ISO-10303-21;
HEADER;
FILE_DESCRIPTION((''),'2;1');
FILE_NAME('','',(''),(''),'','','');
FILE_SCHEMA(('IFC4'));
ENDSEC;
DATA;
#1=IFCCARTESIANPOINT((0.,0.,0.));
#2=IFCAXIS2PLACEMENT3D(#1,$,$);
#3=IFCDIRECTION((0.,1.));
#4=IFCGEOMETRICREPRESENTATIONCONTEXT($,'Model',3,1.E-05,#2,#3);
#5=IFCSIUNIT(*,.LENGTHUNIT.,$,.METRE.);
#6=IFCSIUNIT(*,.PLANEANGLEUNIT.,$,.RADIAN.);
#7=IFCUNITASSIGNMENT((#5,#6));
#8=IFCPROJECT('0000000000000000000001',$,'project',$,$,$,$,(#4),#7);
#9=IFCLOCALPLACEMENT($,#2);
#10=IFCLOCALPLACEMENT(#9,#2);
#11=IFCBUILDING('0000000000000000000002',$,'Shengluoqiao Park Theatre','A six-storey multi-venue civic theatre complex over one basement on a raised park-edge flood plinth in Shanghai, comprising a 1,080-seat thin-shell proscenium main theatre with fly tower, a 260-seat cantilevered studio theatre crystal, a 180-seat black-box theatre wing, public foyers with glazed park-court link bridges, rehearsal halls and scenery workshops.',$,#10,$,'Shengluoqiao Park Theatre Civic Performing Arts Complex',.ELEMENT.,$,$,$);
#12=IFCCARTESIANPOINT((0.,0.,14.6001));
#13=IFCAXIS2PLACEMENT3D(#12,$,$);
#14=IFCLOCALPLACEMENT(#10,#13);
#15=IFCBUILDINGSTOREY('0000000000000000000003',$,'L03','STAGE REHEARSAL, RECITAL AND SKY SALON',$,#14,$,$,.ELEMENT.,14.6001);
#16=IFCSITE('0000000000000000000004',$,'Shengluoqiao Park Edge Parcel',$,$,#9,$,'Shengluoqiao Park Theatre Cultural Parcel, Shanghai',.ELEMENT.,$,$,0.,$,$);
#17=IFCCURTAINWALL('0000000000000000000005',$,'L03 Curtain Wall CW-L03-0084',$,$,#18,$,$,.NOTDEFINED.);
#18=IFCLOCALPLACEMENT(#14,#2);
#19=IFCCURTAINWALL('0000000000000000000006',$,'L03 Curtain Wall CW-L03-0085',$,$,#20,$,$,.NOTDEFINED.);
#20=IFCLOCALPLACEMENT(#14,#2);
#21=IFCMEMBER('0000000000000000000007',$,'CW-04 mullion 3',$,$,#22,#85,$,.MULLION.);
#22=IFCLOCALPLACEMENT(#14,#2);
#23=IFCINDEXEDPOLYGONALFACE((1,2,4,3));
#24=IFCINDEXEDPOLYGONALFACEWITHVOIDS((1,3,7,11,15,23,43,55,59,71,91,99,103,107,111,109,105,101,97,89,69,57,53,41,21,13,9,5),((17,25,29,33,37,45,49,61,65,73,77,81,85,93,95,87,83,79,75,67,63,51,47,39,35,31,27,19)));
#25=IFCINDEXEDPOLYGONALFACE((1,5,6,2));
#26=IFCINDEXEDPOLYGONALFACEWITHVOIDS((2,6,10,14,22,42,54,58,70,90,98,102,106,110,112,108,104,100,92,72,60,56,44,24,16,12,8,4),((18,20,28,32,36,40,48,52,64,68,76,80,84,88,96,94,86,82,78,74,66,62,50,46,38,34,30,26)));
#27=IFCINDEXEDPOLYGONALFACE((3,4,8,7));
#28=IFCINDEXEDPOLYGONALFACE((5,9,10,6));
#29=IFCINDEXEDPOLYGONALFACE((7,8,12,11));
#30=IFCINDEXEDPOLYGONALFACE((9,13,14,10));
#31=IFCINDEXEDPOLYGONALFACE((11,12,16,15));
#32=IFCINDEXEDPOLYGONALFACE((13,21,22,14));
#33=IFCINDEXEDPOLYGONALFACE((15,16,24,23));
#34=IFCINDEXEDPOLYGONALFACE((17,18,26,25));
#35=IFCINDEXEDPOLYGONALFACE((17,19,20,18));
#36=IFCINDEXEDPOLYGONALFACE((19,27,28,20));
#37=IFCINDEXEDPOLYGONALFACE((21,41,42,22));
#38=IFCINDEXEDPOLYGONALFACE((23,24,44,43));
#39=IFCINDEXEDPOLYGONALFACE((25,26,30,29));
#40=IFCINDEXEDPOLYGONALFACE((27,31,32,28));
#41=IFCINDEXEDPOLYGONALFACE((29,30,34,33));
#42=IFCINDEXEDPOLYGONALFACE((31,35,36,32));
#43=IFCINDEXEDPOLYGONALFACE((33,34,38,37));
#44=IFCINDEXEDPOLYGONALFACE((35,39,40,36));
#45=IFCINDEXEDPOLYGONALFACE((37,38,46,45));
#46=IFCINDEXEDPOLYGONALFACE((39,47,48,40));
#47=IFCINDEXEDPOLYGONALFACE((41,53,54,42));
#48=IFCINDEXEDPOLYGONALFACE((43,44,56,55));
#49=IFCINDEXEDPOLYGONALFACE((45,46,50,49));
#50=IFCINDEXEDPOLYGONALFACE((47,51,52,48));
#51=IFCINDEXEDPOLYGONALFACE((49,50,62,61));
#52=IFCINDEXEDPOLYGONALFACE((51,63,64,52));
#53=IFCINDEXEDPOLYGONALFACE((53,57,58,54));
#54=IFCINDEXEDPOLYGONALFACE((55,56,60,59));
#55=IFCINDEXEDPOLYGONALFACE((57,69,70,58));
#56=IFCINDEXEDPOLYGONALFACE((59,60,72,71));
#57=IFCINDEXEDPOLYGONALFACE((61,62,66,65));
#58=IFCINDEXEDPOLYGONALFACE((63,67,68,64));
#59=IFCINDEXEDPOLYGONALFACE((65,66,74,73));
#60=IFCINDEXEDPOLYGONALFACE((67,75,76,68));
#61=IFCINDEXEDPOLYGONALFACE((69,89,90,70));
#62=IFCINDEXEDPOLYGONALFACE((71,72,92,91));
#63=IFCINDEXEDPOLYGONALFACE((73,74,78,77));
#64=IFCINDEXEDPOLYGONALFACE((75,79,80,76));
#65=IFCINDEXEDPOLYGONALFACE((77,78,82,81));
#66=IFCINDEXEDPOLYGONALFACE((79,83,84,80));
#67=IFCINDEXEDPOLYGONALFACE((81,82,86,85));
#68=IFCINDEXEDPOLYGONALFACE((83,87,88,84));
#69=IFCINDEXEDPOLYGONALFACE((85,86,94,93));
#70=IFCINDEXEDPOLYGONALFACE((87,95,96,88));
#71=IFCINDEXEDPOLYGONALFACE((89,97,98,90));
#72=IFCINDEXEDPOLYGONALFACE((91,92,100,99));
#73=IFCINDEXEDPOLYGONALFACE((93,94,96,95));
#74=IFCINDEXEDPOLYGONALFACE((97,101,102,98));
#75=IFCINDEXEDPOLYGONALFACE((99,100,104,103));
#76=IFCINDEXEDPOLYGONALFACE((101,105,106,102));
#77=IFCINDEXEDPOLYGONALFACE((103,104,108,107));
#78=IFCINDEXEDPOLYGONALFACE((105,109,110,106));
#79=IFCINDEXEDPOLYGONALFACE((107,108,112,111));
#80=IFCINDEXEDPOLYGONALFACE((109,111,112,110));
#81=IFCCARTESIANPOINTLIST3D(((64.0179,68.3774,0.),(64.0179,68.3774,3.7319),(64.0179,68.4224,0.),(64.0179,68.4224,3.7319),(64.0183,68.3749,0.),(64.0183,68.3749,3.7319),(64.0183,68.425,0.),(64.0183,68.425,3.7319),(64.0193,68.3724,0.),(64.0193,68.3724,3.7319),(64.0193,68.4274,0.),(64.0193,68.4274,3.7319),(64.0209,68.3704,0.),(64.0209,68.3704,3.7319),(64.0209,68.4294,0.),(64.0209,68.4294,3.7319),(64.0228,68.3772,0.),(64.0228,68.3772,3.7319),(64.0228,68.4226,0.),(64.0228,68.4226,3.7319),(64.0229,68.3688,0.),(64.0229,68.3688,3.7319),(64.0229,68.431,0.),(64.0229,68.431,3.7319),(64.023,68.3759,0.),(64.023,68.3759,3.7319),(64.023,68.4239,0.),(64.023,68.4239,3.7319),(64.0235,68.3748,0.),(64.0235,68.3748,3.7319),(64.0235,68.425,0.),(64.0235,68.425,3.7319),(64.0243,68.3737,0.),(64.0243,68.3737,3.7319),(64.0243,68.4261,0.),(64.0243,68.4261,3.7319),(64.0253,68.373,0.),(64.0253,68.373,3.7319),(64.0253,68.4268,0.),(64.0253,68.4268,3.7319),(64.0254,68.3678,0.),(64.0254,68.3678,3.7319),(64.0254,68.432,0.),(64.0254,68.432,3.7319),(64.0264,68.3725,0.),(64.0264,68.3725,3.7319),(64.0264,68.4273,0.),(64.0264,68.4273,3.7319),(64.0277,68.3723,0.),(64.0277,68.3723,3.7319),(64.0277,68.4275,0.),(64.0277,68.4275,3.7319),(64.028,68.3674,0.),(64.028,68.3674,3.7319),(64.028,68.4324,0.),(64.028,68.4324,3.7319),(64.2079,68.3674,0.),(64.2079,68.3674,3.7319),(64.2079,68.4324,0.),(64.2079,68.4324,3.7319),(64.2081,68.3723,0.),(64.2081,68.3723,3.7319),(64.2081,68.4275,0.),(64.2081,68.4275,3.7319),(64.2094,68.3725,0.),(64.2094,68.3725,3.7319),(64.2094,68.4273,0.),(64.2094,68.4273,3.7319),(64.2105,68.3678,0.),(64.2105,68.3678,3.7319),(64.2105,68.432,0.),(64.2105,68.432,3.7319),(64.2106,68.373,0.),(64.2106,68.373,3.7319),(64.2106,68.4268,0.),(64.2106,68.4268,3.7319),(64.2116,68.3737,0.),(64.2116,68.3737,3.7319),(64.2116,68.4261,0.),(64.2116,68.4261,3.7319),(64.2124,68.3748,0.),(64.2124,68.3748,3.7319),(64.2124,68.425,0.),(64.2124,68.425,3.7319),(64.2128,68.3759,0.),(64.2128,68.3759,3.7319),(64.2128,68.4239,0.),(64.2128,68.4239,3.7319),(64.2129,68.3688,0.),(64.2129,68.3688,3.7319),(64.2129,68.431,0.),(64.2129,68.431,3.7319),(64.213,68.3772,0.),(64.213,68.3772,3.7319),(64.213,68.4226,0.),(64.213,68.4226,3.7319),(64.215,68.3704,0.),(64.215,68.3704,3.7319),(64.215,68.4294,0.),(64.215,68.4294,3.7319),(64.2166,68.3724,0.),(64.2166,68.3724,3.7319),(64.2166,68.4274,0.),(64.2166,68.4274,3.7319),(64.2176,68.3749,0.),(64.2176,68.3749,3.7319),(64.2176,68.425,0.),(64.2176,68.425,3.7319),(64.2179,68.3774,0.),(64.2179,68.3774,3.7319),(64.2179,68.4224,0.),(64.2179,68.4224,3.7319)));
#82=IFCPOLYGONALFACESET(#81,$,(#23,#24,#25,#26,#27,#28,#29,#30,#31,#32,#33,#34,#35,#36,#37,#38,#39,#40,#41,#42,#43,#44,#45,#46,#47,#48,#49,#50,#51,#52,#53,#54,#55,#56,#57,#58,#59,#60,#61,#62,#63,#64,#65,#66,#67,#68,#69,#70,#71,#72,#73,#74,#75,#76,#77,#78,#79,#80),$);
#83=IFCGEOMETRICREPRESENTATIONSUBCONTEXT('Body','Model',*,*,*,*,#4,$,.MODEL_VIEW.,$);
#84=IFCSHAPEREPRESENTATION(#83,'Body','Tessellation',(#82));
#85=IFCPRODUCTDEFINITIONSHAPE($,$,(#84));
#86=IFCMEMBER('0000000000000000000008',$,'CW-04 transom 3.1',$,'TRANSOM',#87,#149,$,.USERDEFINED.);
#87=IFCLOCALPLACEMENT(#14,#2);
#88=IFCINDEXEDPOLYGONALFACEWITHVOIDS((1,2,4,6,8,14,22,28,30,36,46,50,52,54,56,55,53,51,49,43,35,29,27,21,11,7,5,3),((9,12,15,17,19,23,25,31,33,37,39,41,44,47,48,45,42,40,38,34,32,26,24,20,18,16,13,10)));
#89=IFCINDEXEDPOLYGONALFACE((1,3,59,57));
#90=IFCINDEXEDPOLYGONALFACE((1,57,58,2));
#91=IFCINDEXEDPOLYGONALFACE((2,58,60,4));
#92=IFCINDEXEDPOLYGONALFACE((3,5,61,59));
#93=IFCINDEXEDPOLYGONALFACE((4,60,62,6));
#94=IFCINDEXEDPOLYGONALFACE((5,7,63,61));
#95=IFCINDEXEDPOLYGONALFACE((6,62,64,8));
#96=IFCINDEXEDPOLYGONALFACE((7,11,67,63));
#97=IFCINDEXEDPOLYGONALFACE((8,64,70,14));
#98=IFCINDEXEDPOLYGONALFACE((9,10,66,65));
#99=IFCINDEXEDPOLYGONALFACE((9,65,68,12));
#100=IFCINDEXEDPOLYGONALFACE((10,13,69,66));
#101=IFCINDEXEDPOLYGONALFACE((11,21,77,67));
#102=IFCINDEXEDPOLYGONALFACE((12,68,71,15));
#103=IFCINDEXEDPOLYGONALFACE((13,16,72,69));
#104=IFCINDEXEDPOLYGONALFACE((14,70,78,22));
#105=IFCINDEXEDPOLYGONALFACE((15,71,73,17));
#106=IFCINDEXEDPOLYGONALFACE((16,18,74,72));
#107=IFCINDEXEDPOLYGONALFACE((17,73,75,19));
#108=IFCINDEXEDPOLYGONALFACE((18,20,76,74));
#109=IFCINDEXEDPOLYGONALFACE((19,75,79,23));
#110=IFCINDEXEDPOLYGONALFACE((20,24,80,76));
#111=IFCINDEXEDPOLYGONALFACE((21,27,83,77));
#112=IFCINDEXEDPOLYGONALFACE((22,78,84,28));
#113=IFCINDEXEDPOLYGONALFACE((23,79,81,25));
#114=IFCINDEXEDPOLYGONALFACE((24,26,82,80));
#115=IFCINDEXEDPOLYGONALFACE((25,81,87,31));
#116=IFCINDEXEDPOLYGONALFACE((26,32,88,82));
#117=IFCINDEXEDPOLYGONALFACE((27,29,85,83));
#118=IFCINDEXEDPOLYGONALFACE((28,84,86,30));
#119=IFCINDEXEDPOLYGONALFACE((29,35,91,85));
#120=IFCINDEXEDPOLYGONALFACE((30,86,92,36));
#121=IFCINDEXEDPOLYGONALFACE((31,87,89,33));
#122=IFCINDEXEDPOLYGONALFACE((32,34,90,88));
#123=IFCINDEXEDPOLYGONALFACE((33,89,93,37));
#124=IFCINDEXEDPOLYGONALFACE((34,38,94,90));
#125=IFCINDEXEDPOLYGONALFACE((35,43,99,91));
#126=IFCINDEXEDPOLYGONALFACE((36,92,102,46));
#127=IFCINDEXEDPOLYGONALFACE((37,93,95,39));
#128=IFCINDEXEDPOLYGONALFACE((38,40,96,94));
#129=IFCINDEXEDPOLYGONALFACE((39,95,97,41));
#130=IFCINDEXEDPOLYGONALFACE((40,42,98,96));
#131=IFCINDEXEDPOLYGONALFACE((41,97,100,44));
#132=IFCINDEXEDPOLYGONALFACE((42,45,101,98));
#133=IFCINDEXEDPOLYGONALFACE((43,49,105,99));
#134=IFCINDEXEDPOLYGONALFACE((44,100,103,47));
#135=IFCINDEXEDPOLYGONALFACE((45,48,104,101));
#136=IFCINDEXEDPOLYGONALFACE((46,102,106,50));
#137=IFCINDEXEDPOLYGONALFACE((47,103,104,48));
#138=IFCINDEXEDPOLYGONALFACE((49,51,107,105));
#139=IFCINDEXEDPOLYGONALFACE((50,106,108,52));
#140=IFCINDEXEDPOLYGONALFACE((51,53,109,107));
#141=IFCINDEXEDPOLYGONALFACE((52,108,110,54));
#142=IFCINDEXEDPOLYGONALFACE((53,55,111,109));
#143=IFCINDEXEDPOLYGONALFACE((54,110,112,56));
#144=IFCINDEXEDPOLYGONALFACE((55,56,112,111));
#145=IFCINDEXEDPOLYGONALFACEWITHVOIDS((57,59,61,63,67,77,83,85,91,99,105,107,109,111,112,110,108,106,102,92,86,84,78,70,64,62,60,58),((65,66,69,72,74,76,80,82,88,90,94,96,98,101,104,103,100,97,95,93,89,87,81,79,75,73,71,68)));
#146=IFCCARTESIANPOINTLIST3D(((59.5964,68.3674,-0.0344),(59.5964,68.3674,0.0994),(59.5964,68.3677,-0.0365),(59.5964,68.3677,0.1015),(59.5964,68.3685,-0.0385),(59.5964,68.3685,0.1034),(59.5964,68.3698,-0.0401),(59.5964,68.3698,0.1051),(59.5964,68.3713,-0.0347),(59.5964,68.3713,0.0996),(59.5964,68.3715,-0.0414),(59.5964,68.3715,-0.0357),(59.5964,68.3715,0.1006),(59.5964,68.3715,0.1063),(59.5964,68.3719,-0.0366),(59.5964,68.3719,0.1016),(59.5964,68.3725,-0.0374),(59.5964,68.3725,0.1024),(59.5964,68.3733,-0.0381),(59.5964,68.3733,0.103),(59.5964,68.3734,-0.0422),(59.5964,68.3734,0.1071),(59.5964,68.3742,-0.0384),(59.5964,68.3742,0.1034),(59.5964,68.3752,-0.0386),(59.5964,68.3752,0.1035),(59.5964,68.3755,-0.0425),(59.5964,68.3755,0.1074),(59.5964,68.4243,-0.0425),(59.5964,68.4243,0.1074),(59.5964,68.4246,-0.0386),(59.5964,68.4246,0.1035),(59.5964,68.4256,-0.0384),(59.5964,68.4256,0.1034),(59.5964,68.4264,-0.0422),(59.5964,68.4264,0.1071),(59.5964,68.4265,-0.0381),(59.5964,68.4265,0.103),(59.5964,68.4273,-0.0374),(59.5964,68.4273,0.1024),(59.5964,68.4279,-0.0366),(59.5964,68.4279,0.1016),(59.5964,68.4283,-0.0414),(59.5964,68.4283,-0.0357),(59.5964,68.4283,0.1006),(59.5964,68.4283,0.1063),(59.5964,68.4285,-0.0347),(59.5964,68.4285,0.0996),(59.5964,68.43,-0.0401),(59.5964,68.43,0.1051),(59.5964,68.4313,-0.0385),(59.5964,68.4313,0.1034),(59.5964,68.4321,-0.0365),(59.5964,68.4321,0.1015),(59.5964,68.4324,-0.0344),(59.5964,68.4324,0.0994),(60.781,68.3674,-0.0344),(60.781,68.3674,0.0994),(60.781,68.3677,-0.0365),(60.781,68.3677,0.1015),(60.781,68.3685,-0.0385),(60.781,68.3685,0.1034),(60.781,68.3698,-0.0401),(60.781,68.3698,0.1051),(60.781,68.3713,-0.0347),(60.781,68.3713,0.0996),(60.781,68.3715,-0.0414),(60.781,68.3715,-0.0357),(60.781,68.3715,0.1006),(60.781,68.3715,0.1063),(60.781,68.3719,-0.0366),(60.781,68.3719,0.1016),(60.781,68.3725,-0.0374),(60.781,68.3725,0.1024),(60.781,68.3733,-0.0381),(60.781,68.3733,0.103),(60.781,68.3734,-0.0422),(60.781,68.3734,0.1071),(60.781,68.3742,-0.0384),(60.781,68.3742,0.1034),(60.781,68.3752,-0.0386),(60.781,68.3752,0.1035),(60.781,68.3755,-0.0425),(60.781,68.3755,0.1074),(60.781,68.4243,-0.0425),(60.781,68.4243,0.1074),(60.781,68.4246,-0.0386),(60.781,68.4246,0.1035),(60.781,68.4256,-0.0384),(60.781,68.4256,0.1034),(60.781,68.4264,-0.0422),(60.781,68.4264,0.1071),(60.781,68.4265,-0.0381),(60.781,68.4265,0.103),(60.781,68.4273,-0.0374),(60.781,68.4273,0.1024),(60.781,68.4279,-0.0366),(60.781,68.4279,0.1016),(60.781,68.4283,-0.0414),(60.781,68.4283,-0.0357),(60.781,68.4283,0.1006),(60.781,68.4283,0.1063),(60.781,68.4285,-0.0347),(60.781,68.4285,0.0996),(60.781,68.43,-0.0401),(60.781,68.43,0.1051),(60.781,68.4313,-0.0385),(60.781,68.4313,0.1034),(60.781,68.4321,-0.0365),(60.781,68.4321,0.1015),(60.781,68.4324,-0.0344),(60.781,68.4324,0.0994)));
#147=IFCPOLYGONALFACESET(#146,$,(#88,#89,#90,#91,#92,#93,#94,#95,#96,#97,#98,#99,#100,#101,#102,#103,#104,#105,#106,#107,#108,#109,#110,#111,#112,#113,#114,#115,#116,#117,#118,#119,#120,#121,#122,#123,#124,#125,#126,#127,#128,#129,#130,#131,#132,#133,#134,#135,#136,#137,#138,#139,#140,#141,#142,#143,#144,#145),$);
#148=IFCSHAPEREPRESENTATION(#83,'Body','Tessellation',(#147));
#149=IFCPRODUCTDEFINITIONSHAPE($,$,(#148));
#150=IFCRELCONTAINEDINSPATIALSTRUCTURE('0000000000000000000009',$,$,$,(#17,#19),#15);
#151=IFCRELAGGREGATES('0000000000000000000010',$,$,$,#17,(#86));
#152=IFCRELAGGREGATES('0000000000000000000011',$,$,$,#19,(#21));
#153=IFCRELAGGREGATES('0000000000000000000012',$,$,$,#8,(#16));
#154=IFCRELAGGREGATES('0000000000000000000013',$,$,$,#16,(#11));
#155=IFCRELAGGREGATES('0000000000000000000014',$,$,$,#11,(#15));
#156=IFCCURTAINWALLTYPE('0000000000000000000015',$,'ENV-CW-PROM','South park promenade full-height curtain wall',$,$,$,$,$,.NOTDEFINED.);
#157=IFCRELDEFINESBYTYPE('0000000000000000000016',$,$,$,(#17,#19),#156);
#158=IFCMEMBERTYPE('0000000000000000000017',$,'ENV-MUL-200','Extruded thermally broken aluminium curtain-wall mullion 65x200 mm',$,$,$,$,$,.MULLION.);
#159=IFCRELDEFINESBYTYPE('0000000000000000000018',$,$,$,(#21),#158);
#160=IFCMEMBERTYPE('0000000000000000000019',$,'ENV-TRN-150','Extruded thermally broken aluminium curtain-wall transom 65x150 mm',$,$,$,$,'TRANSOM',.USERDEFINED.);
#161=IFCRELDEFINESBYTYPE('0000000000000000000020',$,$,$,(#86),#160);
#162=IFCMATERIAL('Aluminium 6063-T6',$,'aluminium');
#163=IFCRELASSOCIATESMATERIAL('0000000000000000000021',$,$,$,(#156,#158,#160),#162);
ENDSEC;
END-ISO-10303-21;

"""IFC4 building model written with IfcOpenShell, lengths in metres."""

from ifc_helpers import new_model, si_unit, direction, frame, origin, origin_2d, place, context, subcontext, project, spatial, hollow_rectangle, extrude, material, material_profile, profile_set, type_object, element, aggregate, save


model = new_model("IFC4")

# Units and contexts
model_context = context("Model", 3, precision=1e-05, world=origin(), true_north=direction((0.0, 1.0)))
body_context = subcontext(model_context, "Body", "Model", "MODEL_VIEW")
ifc_project = project(units=[si_unit("LENGTHUNIT", "METRE"), si_unit("PLANEANGLEUNIT", "RADIAN")], contexts=[model_context])

# Site, building, storey
site_placement = place(None, origin())
site = spatial("IfcSite", under=ifc_project, at=site_placement, Name="Shengluoqiao Park Edge Parcel", LongName="Shengluoqiao Park Theatre Cultural Parcel, Shanghai", CompositionType="ELEMENT", RefElevation=0.0)
building_placement = place(site_placement, origin())
building = spatial("IfcBuilding", under=site, at=building_placement, Name="Shengluoqiao Park Theatre", Description="A six-storey multi-venue civic theatre complex over one basement on a raised park-edge flood plinth in Shanghai, comprising a 1,080-seat thin-shell proscenium main theatre with fly tower, a 260-seat cantilevered studio theatre crystal, a 180-seat black-box theatre wing, public foyers with glazed park-court link bridges, rehearsal halls and scenery workshops.", LongName="Shengluoqiao Park Theatre Civic Performing Arts Complex", CompositionType="ELEMENT")
storey_placement = place(building_placement, frame((0.0, 0.0, 14.6001)))
storey = spatial("IfcBuildingStorey", under=building, at=storey_placement, Name="L03", Description="STAGE REHEARSAL, RECITAL AND SKY SALON", CompositionType="ELEMENT", Elevation=14.6001)

# Curtain walls, member
ifc_material_1 = material(Name="Aluminium 6063-T6", Category="aluminium")
curtain_wall_type = type_object("IfcCurtainWallType", Name="ENV-CW-PROM", Description="South park promenade full-height curtain wall", PredefinedType="NOTDEFINED", material=ifc_material_1)
curtain_wall_1_placement = place(storey_placement, origin())
curtain_wall_1 = element("IfcCurtainWall", 1, at=curtain_wall_1_placement, inside=storey, type_object=curtain_wall_type, Name="L03 Curtain Wall CW-L03-0084", PredefinedType="NOTDEFINED")
ifc_material_profile_1 = material_profile(ifc_material_1, hollow_rectangle(XDim=0.0649, YDim=0.2, WallThickness=0.0049, InnerFilletRadius=0.0049, OuterFilletRadius=0.01, at=origin_2d()), Name="ALU MULLION 200x65x5")
ifc_profile_set_1 = profile_set([ifc_material_profile_1], Name="Aluminium 6063-T6")
member_type_1 = type_object("IfcMemberType", Name="ENV-MUL-200", Description="Extruded thermally broken aluminium curtain-wall mullion 65x200 mm", PredefinedType="MULLION", material=ifc_profile_set_1)
curtain_wall_2_placement = place(storey_placement, origin())
curtain_wall_2 = element("IfcCurtainWall", 2, at=curtain_wall_2_placement, inside=storey, type_object=curtain_wall_type, Name="L03 Curtain Wall CW-L03-0085", PredefinedType="NOTDEFINED")
member_1_placement = place(storey_placement, frame((64.1179, 68.3999, 0.0), z_axis=(0.0, 0.0, 1.0), x_axis=(0.0, 1.0, 0.0)))
member_1 = element("IfcMember", 3, at=member_1_placement, type_object=member_type_1, Name="CW-04 mullion 3", PredefinedType="MULLION", context=body_context, shape_type="SweptSolid", body=[
    extrude(hollow_rectangle(XDim=0.0649, YDim=0.2, WallThickness=0.0049, InnerFilletRadius=0.0049, OuterFilletRadius=0.01, at=origin_2d()), origin(), (0.0, 0.0, 1.0), 3.7319),
])

# Member
ifc_material_profile_2 = material_profile(ifc_material_1, hollow_rectangle(XDim=0.0649, YDim=0.1499, WallThickness=0.0039, InnerFilletRadius=0.0039, OuterFilletRadius=0.0081, at=origin_2d()), Name="ALU TRANSOM 150x65x4")
ifc_profile_set_2 = profile_set([ifc_material_profile_2], Name="Aluminium 6063-T6")
member_type_2 = type_object("IfcMemberType", Name="ENV-TRN-150", Description="Extruded thermally broken aluminium curtain-wall transom 65x150 mm", ElementType="TRANSOM", PredefinedType="USERDEFINED", material=ifc_profile_set_2)
member_2_placement = place(storey_placement, frame((59.5964, 68.3999, 0.0325), z_axis=(1.0, 0.0, 0.0), x_axis=(0.0, 1.0, 0.0)))
member_2 = element("IfcMember", 4, at=member_2_placement, type_object=member_type_2, Name="CW-04 transom 3.1", ObjectType="TRANSOM", PredefinedType="USERDEFINED", context=body_context, shape_type="SweptSolid", body=[
    extrude(hollow_rectangle(XDim=0.0649, YDim=0.1499, WallThickness=0.0039, InnerFilletRadius=0.0039, OuterFilletRadius=0.0081, at=origin_2d()), origin(), (0.0, 0.0, 1.0), 1.1846),
])

aggregate(curtain_wall_1, [member_2])
aggregate(curtain_wall_2, [member_1])

save(model, "model.ifc")
